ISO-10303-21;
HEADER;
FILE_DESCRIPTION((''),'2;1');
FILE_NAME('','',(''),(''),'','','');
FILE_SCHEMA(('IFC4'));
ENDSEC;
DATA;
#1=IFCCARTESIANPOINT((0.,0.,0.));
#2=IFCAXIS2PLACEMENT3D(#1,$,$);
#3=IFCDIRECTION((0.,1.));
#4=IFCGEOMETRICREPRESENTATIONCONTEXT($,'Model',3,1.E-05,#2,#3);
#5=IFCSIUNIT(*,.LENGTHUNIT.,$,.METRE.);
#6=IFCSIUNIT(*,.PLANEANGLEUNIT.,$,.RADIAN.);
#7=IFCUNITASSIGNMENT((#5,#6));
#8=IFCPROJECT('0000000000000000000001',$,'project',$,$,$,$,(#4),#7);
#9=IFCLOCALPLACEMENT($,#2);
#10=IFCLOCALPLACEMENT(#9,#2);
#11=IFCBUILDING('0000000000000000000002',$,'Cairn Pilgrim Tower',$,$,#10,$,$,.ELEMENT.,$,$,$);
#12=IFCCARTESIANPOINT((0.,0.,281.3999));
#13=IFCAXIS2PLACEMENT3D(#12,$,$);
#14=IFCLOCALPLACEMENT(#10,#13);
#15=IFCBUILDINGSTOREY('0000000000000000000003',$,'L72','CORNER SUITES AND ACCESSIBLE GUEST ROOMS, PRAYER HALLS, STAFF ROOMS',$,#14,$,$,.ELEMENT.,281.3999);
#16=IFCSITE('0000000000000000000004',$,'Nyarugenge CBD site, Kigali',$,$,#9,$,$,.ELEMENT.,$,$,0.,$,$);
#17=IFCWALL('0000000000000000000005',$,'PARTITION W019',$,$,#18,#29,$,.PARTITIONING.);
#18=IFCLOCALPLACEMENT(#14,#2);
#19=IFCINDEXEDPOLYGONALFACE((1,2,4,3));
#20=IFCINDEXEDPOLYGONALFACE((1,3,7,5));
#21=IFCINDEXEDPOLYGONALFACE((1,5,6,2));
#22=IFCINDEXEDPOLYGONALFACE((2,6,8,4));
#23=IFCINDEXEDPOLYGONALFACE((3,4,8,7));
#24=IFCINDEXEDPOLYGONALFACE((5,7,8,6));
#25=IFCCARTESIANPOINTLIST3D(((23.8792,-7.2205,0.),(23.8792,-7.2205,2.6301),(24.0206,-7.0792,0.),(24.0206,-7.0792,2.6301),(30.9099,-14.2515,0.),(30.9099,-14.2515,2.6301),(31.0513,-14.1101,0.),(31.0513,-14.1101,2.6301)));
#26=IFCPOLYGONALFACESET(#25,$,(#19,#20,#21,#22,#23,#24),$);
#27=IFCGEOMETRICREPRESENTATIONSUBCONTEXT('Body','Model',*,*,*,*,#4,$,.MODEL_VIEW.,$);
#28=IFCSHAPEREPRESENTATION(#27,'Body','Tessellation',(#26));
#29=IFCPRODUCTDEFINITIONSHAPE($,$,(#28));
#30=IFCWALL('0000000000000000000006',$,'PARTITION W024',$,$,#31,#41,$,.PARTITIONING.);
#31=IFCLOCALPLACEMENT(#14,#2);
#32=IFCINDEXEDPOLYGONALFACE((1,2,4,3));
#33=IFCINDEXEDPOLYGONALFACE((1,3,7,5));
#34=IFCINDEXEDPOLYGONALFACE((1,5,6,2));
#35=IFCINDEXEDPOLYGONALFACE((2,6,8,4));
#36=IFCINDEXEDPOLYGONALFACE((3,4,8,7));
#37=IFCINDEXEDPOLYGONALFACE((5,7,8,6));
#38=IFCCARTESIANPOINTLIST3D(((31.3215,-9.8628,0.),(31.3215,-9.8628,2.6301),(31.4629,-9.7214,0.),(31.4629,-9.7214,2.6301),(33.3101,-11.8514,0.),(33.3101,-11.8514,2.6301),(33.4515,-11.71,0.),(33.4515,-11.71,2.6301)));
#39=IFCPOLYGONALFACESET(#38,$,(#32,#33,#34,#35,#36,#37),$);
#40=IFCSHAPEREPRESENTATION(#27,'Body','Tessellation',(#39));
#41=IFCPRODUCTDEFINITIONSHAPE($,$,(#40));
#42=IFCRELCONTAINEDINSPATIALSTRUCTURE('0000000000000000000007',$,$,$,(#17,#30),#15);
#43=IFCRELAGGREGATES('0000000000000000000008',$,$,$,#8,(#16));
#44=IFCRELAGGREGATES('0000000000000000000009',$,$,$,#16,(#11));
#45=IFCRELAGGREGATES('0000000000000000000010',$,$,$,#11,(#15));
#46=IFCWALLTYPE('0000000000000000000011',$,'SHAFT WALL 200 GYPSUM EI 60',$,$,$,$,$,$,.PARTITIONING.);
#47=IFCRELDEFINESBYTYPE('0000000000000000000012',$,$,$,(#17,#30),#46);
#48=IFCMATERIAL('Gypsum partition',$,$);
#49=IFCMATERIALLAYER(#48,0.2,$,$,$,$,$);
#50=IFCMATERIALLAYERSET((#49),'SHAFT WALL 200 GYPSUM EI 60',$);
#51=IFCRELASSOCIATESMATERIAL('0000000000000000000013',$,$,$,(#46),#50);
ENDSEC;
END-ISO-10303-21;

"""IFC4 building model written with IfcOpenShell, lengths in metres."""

from ifc_helpers import new_model, si_unit, direction, frame, frame_2d, origin, place, context, subcontext, project, spatial, rectangle, extrude, material, layer, layer_set, type_object, element, save


model = new_model("IFC4")

# Units and contexts
model_context = context("Model", 3, precision=1e-05, world=origin(), true_north=direction((0.0, 1.0)))
body_context = subcontext(model_context, "Body", "Model", "MODEL_VIEW")
ifc_project = project(units=[si_unit("LENGTHUNIT", "METRE"), si_unit("PLANEANGLEUNIT", "RADIAN")], contexts=[model_context])

# Site, building, storey
site_placement = place(None, origin())
site = spatial("IfcSite", under=ifc_project, at=site_placement, Name="Nyarugenge CBD site, Kigali", CompositionType="ELEMENT", RefElevation=0.0)
building_placement = place(site_placement, origin())
building = spatial("IfcBuilding", under=site, at=building_placement, Name="Cairn Pilgrim Tower", CompositionType="ELEMENT")
storey_placement = place(building_placement, frame((0.0, 0.0, 281.3999)))
storey = spatial("IfcBuildingStorey", under=building, at=storey_placement, Name="L72", Description="CORNER SUITES AND ACCESSIBLE GUEST ROOMS, PRAYER HALLS, STAFF ROOMS", CompositionType="ELEMENT", Elevation=281.3999)

# Walls
ifc_material_1 = material(Name="Gypsum partition")
ifc_layer_1 = layer(ifc_material_1, 0.2)
ifc_layer_set_1 = layer_set([ifc_layer_1], Name="SHAFT WALL 200 GYPSUM EI 60")
wall_type_1 = type_object("IfcWallType", Name="SHAFT WALL 200 GYPSUM EI 60", PredefinedType="PARTITIONING", material=ifc_layer_set_1)
wall_1_placement = place(storey_placement, frame((30.9807, -14.1809, 0.0), z_axis=(0.0, 0.0, 1.0), x_axis=(-0.707095, 0.707119, 0.0)))
element("IfcWall", 1, at=wall_1_placement, inside=storey, type_object=wall_type_1, Name="PARTITION W019", PredefinedType="PARTITIONING", context=body_context, shape_type="SweptSolid", body=[
    extrude(rectangle(XDim=9.9431, YDim=0.2, at=frame_2d((4.9717, 0.0))), origin(), (0.0, 0.0, 1.0), 2.6301),
])
wall_2_placement = place(storey_placement, frame((33.3809, -11.7808, 0.0), z_axis=(0.0, 0.0, 1.0), x_axis=(-0.707107, 0.707107, 0.0)))
element("IfcWall", 2, at=wall_2_placement, inside=storey, type_object=wall_type_1, Name="PARTITION W024", PredefinedType="PARTITIONING", context=body_context, shape_type="SweptSolid", body=[
    extrude(rectangle(XDim=2.8123, YDim=0.2, at=frame_2d((1.4062, 0.0))), origin(), (0.0, 0.0, 1.0), 2.6301),
])

save(model, "model.ifc")
